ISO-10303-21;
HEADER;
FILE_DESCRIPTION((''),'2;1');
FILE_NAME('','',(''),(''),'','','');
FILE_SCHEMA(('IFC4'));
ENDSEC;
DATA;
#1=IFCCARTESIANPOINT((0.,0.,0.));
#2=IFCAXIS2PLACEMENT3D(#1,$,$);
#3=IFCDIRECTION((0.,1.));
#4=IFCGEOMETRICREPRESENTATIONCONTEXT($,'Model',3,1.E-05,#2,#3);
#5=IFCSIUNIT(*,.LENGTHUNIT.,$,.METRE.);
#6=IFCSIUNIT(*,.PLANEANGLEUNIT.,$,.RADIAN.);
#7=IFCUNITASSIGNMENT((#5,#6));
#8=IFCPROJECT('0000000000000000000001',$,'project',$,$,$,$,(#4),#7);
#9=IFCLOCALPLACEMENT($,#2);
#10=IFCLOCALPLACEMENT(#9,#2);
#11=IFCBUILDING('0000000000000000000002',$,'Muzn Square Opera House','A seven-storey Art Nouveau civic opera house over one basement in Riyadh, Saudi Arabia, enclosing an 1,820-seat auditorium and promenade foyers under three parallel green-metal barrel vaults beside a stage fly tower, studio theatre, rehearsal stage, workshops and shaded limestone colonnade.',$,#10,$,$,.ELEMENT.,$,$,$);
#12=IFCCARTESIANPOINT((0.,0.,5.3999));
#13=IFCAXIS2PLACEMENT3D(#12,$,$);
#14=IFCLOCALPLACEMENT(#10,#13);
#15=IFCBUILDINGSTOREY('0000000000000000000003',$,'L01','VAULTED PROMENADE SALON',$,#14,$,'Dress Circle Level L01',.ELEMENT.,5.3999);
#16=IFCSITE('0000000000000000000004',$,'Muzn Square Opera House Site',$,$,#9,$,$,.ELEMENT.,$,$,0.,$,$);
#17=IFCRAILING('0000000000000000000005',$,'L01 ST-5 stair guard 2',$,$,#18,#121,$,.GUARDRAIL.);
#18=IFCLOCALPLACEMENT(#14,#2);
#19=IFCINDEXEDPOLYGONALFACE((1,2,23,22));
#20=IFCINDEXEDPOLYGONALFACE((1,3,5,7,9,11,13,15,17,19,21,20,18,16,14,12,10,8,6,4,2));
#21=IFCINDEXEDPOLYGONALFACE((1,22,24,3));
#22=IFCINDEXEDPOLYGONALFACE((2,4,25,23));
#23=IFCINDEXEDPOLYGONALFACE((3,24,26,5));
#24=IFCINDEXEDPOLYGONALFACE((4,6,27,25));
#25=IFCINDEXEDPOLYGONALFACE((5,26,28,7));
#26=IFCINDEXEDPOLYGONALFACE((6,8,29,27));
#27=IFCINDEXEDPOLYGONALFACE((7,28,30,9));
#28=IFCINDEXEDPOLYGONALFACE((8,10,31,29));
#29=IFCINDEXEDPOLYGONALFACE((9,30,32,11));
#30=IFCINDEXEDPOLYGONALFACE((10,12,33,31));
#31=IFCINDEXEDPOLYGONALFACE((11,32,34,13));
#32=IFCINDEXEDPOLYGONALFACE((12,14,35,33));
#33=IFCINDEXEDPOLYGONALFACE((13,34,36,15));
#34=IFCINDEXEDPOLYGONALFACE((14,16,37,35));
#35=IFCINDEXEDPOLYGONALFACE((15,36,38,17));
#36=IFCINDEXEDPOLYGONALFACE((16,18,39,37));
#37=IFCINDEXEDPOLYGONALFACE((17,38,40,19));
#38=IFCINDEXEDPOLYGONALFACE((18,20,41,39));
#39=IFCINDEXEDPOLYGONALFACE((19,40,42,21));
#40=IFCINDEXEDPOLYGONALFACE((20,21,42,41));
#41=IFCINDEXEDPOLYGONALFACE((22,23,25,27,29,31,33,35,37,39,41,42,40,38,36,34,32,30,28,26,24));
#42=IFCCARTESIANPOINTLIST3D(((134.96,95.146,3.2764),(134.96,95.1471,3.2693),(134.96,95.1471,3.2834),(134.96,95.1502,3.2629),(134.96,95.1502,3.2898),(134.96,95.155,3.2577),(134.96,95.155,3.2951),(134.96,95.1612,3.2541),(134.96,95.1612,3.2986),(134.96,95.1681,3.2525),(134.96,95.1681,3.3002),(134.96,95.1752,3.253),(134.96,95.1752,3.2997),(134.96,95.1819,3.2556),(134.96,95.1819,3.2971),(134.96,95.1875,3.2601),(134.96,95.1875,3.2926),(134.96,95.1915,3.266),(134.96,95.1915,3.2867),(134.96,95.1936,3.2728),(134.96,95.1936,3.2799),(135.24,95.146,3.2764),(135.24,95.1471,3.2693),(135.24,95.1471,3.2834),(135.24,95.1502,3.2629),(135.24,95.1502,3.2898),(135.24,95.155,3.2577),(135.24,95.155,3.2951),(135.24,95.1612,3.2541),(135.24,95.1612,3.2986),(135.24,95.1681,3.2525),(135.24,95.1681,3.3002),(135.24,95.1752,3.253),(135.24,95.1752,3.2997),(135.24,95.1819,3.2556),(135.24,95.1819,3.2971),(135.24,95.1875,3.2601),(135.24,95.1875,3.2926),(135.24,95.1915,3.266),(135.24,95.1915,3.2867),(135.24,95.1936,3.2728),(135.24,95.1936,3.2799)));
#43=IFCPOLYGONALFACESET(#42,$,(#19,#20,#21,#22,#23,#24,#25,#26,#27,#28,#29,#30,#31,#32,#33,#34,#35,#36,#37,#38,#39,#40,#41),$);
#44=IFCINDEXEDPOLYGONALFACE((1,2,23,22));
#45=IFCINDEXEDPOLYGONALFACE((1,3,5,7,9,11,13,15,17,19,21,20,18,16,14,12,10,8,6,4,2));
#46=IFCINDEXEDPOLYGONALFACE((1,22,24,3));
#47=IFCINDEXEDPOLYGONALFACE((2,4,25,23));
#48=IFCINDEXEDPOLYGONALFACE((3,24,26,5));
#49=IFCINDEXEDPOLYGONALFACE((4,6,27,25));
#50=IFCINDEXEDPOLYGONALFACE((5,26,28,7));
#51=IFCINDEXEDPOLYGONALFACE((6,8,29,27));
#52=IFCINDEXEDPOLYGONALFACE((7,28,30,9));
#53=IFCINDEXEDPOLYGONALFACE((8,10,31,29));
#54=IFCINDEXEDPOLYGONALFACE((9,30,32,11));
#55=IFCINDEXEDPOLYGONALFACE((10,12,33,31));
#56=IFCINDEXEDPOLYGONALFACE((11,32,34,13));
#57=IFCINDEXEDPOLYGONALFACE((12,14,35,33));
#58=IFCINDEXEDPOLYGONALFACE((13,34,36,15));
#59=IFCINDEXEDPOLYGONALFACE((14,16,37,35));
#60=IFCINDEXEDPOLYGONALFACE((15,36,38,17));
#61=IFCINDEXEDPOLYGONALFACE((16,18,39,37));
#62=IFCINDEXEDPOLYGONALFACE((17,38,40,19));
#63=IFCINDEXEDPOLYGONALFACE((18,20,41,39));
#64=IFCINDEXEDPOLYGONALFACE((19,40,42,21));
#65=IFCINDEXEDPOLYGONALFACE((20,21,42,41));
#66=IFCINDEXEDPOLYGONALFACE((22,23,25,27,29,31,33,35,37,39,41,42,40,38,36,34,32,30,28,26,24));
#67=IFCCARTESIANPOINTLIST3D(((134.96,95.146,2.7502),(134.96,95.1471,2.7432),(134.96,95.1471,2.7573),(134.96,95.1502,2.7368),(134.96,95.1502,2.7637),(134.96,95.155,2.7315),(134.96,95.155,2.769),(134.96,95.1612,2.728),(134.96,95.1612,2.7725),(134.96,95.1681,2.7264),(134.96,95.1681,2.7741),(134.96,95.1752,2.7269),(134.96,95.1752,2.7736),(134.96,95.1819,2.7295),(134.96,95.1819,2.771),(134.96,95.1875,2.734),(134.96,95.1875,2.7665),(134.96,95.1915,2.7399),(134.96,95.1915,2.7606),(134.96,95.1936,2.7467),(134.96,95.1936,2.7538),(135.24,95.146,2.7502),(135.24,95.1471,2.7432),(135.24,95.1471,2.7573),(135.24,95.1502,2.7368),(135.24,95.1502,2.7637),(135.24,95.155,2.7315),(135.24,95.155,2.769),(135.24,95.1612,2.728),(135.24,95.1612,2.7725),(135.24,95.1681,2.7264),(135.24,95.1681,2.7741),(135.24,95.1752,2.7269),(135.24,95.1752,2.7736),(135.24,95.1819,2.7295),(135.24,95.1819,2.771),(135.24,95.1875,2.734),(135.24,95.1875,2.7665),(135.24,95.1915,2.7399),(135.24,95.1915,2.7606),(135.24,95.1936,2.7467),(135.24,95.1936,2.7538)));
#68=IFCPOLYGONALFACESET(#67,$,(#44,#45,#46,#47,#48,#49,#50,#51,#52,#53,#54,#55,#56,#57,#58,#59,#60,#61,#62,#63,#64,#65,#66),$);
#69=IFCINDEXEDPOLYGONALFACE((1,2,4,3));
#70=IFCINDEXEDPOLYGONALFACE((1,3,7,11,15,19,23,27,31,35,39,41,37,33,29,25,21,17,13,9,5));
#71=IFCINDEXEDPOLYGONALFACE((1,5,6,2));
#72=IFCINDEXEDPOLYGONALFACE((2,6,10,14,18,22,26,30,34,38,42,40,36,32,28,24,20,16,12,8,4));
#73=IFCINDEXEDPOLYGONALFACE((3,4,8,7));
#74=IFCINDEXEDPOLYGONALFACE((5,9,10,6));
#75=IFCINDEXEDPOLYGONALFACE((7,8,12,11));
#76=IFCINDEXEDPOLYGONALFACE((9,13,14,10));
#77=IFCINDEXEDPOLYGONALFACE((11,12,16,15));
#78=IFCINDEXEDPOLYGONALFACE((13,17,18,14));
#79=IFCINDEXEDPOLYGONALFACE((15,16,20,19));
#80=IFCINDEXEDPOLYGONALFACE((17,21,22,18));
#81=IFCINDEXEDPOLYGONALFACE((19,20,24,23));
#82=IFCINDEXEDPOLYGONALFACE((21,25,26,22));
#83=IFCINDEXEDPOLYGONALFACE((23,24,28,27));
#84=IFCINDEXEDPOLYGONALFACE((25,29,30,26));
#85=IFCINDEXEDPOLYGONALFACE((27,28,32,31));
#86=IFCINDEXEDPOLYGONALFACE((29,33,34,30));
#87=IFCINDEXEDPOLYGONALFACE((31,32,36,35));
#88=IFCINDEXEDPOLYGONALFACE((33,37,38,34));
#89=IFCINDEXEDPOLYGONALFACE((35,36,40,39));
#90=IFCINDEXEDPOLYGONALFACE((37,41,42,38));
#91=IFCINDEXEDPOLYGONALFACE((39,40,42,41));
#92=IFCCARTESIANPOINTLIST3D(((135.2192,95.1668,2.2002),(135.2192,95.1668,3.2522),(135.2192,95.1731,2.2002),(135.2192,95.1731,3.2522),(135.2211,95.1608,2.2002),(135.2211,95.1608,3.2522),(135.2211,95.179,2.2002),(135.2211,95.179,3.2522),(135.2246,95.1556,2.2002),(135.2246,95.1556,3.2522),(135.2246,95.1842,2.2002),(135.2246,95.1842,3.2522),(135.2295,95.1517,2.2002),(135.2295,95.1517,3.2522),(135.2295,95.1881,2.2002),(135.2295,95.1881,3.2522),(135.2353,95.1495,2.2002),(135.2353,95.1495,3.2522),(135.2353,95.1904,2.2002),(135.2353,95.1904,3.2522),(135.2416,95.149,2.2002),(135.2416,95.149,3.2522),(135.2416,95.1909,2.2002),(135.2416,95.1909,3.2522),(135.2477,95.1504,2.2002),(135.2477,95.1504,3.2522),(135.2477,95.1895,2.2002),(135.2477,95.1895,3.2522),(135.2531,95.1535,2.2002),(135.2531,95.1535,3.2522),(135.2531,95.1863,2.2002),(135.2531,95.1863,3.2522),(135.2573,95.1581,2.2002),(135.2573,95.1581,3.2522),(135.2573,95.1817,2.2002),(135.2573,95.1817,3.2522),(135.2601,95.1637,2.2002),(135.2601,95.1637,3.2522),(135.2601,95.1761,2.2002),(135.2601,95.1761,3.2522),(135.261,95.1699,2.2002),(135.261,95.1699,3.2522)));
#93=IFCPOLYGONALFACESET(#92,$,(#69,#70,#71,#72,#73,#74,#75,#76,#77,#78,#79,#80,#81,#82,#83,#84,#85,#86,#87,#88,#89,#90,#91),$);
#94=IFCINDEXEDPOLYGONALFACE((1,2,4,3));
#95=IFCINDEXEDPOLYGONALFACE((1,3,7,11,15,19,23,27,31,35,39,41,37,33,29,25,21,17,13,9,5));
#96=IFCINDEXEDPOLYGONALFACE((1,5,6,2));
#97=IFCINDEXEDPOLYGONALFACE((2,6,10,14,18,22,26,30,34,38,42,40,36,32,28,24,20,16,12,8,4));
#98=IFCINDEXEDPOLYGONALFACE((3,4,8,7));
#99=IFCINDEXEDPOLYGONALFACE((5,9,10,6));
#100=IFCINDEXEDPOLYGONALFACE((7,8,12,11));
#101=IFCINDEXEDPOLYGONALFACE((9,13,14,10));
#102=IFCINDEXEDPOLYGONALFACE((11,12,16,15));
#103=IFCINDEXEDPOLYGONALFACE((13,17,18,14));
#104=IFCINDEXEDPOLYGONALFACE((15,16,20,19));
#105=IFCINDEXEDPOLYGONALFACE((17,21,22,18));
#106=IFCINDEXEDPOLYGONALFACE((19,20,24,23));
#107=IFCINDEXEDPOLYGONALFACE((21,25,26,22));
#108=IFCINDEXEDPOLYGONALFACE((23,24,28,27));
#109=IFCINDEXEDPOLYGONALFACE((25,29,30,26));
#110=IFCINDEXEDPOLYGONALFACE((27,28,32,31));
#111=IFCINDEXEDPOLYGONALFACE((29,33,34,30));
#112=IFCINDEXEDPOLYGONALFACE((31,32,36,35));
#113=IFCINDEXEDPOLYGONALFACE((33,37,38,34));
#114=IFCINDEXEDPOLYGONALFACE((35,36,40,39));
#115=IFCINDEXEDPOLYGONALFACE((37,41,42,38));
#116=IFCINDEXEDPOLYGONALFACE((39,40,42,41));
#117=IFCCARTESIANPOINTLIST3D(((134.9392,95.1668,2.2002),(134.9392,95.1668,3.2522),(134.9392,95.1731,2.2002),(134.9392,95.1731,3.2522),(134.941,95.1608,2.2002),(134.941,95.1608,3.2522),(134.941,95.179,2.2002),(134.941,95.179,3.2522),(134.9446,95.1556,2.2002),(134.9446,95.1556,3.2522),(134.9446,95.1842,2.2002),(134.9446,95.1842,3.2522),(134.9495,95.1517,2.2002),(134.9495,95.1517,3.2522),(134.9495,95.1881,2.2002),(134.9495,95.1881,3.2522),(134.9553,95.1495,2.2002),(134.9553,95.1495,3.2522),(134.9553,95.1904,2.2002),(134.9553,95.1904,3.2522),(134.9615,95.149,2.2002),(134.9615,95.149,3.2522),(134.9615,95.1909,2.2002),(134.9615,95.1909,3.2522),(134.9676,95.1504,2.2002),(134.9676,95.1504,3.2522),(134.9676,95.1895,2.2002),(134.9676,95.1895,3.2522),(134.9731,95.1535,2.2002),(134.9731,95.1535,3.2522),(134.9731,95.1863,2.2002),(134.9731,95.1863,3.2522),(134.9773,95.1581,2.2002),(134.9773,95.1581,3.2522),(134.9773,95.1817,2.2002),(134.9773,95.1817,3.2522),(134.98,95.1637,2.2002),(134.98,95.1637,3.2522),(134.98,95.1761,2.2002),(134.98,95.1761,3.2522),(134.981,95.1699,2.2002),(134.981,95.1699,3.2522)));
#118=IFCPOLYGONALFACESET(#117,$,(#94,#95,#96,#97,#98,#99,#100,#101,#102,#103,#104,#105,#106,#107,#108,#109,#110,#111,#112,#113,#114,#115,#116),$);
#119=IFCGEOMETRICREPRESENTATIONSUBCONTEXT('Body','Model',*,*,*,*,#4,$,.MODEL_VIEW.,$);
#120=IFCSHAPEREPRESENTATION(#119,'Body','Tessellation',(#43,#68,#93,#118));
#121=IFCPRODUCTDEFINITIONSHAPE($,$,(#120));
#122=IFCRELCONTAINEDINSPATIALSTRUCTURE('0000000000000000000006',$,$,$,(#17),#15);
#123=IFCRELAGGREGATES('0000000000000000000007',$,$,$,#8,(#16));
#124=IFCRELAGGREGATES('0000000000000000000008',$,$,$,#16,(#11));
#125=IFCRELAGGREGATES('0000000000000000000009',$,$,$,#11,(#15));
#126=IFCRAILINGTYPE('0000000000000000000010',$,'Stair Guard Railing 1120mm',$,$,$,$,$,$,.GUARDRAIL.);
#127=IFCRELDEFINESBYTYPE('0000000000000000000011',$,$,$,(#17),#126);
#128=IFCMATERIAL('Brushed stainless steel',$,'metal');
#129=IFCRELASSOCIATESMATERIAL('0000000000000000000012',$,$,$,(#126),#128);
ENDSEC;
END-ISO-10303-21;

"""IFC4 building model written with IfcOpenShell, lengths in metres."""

from ifc_helpers import new_model, si_unit, direction, frame, origin, origin_2d, place, context, subcontext, project, spatial, circle, extrude, material, type_object, element, save


model = new_model("IFC4")

# Units and contexts
model_context = context("Model", 3, precision=1e-05, world=origin(), true_north=direction((0.0, 1.0)))
body_context = subcontext(model_context, "Body", "Model", "MODEL_VIEW")
ifc_project = project(units=[si_unit("LENGTHUNIT", "METRE"), si_unit("PLANEANGLEUNIT", "RADIAN")], contexts=[model_context])

# Site, building, storey
site_placement = place(None, origin())
site = spatial("IfcSite", under=ifc_project, at=site_placement, Name="Muzn Square Opera House Site", CompositionType="ELEMENT", RefElevation=0.0)
building_placement = place(site_placement, origin())
building = spatial("IfcBuilding", under=site, at=building_placement, Name="Muzn Square Opera House", Description="A seven-storey Art Nouveau civic opera house over one basement in Riyadh, Saudi Arabia, enclosing an 1,820-seat auditorium and promenade foyers under three parallel green-metal barrel vaults beside a stage fly tower, studio theatre, rehearsal stage, workshops and shaded limestone colonnade.", CompositionType="ELEMENT")
storey_placement = place(building_placement, frame((0.0, 0.0, 5.3999)))
storey = spatial("IfcBuildingStorey", under=building, at=storey_placement, Name="L01", Description="VAULTED PROMENADE SALON", LongName="Dress Circle Level L01", CompositionType="ELEMENT", Elevation=5.3999)

# Railing
ifc_material_1 = material(Name="Brushed stainless steel", Category="metal")
railing_type_1 = type_object("IfcRailingType", Name="Stair Guard Railing 1120mm", PredefinedType="GUARDRAIL", material=ifc_material_1)
railing_1_placement = place(storey_placement, frame((135.24, 95.1699, 2.2002)))
element("IfcRailing", 1, at=railing_1_placement, inside=storey, type_object=railing_type_1, Name="L01 ST-5 stair guard 2", PredefinedType="GUARDRAIL", context=body_context, shape_type="SweptSolid", body=[
    extrude(circle(Radius=0.0239, at=origin_2d()), frame((0.0, 0.0, 1.0762), z_axis=(-1.0, 0.0, 0.0), x_axis=(0.0, -1.0, 0.0)), (0.0, 0.0, 1.0), 0.28),
    extrude(circle(Radius=0.0239, at=origin_2d()), frame((0.0, 0.0, 0.55), z_axis=(-1.0, 0.0, 0.0), x_axis=(0.0, -1.0, 0.0)), (0.0, 0.0, 1.0), 0.28),
    extrude(circle(Radius=0.021, at=origin_2d()), origin(), (0.0, 0.0, 1.0), 1.052),
    extrude(circle(Radius=0.021, at=origin_2d()), frame((-0.28, 0.0, 0.0)), (0.0, 0.0, 1.0), 1.052),
])

save(model, "model.ifc")
